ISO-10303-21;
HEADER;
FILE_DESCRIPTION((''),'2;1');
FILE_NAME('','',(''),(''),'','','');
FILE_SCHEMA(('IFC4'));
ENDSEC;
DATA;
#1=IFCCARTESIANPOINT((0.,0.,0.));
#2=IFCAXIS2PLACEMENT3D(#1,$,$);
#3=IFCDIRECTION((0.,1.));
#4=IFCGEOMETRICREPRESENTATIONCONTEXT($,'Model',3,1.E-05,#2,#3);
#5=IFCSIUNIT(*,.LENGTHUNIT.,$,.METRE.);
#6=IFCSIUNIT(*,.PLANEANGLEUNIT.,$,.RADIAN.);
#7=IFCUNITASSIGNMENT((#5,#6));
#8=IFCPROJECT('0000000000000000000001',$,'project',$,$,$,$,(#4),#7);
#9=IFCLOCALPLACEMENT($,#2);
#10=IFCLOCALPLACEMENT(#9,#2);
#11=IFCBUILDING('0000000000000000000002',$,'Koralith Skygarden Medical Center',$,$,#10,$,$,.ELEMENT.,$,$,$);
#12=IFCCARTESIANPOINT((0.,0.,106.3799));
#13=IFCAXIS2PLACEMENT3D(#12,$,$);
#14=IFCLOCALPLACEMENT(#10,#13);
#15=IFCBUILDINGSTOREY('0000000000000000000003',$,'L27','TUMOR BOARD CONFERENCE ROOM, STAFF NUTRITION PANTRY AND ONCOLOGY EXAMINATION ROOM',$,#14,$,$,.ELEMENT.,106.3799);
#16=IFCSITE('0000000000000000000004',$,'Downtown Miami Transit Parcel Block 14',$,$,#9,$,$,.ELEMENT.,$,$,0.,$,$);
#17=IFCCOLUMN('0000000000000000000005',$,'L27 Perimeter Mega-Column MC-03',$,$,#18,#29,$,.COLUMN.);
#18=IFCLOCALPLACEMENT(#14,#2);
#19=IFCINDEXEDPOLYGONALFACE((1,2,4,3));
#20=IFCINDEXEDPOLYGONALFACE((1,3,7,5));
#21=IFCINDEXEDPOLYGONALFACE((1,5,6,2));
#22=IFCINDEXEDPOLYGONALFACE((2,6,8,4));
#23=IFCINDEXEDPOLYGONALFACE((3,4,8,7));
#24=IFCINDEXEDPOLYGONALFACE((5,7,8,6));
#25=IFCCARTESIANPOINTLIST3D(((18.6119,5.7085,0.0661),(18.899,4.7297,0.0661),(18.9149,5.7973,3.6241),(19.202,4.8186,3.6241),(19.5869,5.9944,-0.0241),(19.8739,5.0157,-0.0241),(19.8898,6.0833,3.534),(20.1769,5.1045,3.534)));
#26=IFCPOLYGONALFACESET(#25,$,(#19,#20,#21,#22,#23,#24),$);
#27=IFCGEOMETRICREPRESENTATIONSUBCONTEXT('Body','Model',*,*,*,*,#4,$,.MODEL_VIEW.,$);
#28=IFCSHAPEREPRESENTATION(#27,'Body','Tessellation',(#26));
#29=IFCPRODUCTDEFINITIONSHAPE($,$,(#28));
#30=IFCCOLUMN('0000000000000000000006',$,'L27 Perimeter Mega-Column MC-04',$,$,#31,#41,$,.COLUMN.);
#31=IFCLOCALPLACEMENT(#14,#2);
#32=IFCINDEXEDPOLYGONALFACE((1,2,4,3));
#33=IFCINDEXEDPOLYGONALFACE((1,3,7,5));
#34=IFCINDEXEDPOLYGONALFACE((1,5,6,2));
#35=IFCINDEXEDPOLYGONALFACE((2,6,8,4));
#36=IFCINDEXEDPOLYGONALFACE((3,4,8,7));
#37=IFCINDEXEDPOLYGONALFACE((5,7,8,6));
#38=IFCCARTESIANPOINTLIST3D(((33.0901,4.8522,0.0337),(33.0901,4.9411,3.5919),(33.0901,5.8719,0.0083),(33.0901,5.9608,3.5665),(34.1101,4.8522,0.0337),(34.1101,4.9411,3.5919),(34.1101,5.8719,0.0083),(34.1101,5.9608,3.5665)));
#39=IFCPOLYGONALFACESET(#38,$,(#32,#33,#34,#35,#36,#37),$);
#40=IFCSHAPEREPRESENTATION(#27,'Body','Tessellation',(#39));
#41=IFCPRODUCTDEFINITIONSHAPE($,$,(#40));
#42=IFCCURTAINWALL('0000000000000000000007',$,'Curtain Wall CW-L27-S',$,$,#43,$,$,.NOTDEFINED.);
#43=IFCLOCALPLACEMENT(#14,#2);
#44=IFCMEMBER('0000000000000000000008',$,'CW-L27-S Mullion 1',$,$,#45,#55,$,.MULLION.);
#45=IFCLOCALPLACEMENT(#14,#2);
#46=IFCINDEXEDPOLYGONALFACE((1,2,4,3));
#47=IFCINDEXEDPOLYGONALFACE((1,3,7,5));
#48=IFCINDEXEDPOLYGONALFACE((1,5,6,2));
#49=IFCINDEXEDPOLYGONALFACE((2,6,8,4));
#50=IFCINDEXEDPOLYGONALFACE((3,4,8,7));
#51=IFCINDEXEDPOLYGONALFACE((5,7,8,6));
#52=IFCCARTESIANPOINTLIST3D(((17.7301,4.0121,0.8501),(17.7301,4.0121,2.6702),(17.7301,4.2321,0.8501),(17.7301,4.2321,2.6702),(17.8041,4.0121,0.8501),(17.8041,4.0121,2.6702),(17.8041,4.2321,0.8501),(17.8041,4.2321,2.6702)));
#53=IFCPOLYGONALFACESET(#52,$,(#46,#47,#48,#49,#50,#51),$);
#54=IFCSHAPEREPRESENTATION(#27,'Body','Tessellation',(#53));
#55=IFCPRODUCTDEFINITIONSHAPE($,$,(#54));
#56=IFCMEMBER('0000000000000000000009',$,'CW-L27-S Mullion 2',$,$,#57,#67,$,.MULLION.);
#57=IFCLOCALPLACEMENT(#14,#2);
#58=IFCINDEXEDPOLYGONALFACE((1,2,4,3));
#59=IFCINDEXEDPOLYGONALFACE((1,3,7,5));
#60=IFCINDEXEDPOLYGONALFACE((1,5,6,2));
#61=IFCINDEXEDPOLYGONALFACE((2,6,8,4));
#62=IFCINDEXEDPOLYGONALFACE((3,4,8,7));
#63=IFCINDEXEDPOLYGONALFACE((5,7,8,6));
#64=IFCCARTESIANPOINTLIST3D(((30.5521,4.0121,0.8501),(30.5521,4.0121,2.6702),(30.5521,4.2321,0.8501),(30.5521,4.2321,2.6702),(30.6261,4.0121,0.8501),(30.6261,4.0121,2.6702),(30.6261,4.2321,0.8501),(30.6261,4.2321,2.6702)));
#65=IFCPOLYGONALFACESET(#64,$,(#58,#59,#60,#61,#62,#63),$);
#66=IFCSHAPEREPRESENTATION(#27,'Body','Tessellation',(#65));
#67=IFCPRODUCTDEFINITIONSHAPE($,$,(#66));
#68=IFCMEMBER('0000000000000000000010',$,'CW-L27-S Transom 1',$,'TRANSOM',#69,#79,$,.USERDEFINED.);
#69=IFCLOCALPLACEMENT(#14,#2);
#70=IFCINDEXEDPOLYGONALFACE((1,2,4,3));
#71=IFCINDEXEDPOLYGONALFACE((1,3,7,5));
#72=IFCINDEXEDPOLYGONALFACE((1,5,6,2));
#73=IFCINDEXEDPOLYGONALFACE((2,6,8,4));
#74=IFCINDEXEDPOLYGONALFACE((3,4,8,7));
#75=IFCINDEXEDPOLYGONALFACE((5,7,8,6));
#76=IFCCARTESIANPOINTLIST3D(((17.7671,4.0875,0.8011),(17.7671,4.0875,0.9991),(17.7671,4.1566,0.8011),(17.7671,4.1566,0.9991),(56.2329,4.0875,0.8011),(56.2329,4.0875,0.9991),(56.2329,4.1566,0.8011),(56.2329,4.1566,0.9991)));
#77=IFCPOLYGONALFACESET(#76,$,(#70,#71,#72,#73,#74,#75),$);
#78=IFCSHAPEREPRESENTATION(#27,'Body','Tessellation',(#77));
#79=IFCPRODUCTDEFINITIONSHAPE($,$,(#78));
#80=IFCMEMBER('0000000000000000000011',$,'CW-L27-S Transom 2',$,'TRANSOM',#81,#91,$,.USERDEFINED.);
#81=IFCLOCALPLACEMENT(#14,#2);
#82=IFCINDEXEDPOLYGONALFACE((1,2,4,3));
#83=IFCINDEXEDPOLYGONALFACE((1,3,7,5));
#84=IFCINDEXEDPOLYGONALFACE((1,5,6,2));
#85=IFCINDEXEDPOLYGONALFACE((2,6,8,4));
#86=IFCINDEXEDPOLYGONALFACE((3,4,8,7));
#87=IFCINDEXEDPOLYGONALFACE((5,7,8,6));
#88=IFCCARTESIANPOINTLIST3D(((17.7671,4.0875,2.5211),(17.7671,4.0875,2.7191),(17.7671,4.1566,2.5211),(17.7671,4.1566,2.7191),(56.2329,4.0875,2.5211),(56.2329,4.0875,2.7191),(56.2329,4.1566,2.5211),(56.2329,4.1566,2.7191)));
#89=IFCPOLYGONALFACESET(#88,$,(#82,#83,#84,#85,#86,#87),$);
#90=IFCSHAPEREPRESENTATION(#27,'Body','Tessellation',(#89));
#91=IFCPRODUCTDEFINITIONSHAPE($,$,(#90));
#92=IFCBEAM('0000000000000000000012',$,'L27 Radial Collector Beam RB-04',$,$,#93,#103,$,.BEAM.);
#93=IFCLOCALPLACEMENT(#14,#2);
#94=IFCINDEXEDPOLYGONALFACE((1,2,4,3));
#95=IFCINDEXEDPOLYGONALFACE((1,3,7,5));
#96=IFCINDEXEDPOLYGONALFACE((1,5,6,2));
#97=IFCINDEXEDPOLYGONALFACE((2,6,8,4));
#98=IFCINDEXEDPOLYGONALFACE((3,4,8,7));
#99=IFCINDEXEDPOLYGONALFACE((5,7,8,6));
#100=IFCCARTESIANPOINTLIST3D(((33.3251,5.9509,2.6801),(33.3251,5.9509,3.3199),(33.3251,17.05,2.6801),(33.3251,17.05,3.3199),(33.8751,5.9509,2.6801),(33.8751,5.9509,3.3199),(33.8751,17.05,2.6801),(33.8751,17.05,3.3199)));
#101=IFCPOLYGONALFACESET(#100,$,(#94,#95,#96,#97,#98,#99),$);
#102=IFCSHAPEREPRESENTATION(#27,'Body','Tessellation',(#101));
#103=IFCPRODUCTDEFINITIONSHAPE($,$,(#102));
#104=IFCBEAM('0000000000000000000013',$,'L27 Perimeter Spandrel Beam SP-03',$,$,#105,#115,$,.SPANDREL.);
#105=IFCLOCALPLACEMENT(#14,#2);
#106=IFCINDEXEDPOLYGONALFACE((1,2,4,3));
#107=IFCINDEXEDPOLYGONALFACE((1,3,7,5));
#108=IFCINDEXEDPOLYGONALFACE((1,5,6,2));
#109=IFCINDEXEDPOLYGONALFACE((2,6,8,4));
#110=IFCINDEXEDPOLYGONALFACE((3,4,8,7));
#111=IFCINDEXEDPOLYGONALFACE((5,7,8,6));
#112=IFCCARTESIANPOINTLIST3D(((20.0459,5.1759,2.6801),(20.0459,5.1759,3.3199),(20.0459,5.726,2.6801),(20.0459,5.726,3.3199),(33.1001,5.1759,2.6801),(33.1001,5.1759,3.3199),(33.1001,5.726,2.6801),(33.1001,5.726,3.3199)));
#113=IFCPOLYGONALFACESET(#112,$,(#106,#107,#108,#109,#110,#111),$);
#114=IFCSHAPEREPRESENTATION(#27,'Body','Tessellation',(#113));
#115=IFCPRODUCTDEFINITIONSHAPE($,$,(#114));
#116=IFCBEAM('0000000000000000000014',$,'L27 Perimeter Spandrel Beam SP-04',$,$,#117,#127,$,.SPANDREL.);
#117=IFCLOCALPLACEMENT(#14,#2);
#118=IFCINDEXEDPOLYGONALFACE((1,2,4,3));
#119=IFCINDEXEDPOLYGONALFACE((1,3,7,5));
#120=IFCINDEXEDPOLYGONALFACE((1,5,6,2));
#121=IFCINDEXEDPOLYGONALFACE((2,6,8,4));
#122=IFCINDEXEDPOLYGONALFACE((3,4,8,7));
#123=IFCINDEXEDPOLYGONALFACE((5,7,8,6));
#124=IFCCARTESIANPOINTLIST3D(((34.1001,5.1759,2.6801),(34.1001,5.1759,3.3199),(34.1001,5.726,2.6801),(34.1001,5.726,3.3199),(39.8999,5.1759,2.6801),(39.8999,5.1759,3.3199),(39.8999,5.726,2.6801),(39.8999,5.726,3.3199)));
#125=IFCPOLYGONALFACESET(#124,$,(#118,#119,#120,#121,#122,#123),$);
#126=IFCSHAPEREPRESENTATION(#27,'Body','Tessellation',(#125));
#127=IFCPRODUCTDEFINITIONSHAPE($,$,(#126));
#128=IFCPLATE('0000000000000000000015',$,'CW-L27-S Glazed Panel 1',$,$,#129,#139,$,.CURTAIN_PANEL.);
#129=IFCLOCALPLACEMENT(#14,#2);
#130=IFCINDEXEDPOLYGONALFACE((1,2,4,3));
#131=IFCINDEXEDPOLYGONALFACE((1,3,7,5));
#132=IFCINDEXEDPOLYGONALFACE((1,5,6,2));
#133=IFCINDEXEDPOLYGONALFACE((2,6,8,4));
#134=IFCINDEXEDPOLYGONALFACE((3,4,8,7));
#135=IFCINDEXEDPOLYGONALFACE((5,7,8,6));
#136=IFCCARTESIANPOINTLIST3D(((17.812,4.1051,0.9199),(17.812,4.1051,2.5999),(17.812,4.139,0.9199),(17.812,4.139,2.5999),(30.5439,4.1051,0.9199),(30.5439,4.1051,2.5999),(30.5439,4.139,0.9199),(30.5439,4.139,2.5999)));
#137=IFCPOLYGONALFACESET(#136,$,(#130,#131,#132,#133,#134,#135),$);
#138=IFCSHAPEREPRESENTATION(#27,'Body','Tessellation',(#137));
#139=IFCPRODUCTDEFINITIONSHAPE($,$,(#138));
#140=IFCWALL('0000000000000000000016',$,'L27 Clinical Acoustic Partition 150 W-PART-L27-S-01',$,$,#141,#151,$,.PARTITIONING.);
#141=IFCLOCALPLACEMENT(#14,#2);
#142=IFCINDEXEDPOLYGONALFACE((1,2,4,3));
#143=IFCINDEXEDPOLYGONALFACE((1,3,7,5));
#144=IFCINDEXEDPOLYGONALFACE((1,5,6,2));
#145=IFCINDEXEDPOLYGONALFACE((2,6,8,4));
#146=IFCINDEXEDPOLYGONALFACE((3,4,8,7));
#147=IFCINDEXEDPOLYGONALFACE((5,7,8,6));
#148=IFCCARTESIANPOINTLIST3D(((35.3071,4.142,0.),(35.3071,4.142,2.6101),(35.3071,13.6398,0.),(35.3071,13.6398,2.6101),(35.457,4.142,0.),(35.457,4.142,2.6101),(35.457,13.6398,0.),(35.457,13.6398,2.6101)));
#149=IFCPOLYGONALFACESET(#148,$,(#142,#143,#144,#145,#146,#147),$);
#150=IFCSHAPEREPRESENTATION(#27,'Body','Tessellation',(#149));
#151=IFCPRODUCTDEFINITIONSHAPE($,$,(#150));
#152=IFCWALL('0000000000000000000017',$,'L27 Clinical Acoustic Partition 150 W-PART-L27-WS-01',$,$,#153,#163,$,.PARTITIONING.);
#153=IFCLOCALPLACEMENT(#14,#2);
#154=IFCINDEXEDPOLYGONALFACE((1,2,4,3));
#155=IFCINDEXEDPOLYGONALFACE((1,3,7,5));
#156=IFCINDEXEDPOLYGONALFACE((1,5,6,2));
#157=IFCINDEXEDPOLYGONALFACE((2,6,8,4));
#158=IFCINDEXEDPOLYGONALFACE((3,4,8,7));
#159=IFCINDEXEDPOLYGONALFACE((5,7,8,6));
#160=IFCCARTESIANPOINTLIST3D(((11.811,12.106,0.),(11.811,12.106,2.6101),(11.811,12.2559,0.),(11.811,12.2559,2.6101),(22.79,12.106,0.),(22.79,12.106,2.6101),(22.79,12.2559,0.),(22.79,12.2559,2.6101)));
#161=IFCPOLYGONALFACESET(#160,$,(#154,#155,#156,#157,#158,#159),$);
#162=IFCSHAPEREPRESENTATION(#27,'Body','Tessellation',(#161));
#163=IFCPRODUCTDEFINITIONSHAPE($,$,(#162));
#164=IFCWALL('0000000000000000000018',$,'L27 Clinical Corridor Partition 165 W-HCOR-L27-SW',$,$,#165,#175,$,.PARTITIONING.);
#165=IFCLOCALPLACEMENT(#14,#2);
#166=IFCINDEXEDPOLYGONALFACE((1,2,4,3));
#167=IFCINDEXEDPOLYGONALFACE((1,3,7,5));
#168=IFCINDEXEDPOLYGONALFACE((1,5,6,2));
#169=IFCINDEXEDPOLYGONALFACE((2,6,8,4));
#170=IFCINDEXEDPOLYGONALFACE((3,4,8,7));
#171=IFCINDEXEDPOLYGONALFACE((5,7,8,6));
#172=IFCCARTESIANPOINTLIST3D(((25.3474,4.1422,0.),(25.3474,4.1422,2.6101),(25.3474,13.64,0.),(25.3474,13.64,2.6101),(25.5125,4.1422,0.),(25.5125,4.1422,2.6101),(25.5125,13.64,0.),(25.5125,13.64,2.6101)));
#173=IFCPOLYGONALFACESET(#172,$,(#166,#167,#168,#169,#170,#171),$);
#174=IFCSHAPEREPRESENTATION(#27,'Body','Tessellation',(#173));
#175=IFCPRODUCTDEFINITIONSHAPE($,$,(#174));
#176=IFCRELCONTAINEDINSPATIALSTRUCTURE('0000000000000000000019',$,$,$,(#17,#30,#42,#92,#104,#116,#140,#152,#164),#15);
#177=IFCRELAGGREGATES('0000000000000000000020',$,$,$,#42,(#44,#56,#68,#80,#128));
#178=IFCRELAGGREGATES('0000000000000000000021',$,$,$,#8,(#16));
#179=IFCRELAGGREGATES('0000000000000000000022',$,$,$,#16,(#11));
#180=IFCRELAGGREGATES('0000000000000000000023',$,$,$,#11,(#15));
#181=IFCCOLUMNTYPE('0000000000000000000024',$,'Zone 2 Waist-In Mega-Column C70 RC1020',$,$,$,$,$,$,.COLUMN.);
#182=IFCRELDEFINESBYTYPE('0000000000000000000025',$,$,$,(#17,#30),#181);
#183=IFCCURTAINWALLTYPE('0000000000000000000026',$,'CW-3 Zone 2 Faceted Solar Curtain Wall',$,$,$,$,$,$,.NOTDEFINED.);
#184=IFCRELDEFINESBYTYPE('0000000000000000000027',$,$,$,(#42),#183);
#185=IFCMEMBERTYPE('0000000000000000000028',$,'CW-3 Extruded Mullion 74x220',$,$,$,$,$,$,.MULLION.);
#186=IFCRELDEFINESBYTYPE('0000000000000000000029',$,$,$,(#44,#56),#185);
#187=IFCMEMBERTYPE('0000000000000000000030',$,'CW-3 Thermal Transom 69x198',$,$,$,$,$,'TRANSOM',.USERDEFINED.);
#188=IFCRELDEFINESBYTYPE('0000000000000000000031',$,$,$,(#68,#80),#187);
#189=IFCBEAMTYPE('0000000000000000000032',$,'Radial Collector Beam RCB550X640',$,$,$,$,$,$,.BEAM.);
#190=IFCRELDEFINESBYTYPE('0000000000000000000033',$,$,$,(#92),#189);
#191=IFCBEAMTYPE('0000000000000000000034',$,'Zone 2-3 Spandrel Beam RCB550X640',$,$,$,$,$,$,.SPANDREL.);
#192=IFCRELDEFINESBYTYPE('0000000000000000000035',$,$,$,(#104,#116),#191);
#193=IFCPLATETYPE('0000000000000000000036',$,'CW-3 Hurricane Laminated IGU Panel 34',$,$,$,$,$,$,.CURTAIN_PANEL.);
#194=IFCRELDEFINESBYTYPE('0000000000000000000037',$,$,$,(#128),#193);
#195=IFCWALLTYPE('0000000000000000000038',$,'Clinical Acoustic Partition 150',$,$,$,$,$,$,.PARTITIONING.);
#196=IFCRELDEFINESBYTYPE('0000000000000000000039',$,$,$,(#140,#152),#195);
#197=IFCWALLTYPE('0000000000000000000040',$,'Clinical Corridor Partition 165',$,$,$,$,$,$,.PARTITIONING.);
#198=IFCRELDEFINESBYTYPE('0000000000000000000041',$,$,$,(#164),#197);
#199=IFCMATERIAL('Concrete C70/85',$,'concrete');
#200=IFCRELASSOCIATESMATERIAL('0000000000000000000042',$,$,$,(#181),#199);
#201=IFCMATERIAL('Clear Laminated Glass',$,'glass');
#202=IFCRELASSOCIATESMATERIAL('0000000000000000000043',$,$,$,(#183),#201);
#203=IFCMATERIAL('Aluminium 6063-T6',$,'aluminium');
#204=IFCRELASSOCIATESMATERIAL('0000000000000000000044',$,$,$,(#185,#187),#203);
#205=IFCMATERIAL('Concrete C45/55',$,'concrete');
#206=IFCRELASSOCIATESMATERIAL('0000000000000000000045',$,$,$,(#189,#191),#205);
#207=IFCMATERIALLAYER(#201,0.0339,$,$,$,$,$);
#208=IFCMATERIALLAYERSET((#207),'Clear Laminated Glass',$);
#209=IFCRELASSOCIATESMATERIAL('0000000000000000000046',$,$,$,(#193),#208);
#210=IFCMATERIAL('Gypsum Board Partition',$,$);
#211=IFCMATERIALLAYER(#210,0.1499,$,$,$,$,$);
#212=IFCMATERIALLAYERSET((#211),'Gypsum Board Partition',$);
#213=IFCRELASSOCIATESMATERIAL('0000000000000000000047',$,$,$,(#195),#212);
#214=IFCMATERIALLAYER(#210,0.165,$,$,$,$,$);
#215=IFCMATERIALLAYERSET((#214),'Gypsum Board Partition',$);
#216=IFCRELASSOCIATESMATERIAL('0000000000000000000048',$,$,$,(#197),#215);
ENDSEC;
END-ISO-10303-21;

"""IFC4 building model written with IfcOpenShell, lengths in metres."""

from ifc_helpers import new_model, si_unit, direction, frame, frame_2d, origin, origin_2d, place, context, subcontext, project, spatial, rectangle, extrude, material, layer, layer_set, material_profile, profile_set, type_object, element, aggregate, save


model = new_model("IFC4")

# Units and contexts
model_context = context("Model", 3, precision=1e-05, world=origin(), true_north=direction((0.0, 1.0)))
body_context = subcontext(model_context, "Body", "Model", "MODEL_VIEW")
ifc_project = project(units=[si_unit("LENGTHUNIT", "METRE"), si_unit("PLANEANGLEUNIT", "RADIAN")], contexts=[model_context])

# Site, building, storey
site_placement = place(None, origin())
site = spatial("IfcSite", under=ifc_project, at=site_placement, Name="Downtown Miami Transit Parcel Block 14", CompositionType="ELEMENT", RefElevation=0.0)
building_placement = place(site_placement, origin())
building = spatial("IfcBuilding", under=site, at=building_placement, Name="Koralith Skygarden Medical Center", CompositionType="ELEMENT")
storey_placement = place(building_placement, frame((0.0, 0.0, 106.3799)))
storey = spatial("IfcBuildingStorey", under=building, at=storey_placement, Name="L27", Description="TUMOR BOARD CONFERENCE ROOM, STAFF NUTRITION PANTRY AND ONCOLOGY EXAMINATION ROOM", CompositionType="ELEMENT", Elevation=106.3799)

# Columns
ifc_material_1 = material(Name="Concrete C70/85", Category="concrete")
ifc_material_profile_1 = material_profile(ifc_material_1, rectangle(XDim=1.02, YDim=1.02, at=origin_2d()), Name="RC1020X1020")
ifc_profile_set_1 = profile_set([ifc_material_profile_1], Name="Concrete C70/85")
column_type = type_object("IfcColumnType", Name="Zone 2 Waist-In Mega-Column C70 RC1020", PredefinedType="COLUMN", material=ifc_profile_set_1)
column_1_placement = place(storey_placement, frame((19.2429, 5.3621, 0.021), z_axis=(0.084818, 0.024878, 0.996086), x_axis=(-0.281455, 0.959575, 0.0)))
element("IfcColumn", 1, at=column_1_placement, inside=storey, type_object=column_type, Name="L27 Perimeter Mega-Column MC-03", PredefinedType="COLUMN", context=body_context, shape_type="SweptSolid", body=[
    extrude(rectangle(XDim=1.02, YDim=1.02, at=origin_2d()), origin(), (0.0, 0.0, 1.0), 3.572),
])
column_2_placement = place(storey_placement, frame((33.6001, 5.3621, 0.021), z_axis=(0.0, 0.024968, 0.999688), x_axis=(-1.0, 0.0, 0.0)))
element("IfcColumn", 2, at=column_2_placement, inside=storey, type_object=column_type, Name="L27 Perimeter Mega-Column MC-04", PredefinedType="COLUMN", context=body_context, shape_type="SweptSolid", body=[
    extrude(rectangle(XDim=1.02, YDim=1.02, at=origin_2d()), origin(), (0.0, 0.0, 1.0), 3.5593),
])

# Curtain wall, members
ifc_material_2 = material(Name="Clear Laminated Glass", Category="glass")
curtain_wall_type = type_object("IfcCurtainWallType", Name="CW-3 Zone 2 Faceted Solar Curtain Wall", PredefinedType="NOTDEFINED", material=ifc_material_2)
curtain_wall_placement = place(storey_placement, origin())
curtain_wall = element("IfcCurtainWall", 3, at=curtain_wall_placement, inside=storey, type_object=curtain_wall_type, Name="Curtain Wall CW-L27-S", PredefinedType="NOTDEFINED")
ifc_material_3 = material(Name="Aluminium 6063-T6", Category="aluminium")
ifc_material_profile_2 = material_profile(ifc_material_3, rectangle(XDim=0.074, YDim=0.22, at=origin_2d()), Name="MUL74X220")
ifc_profile_set_2 = profile_set([ifc_material_profile_2], Name="Aluminium 6063-T6")
member_type_1 = type_object("IfcMemberType", Name="CW-3 Extruded Mullion 74x220", PredefinedType="MULLION", material=ifc_profile_set_2)
member_1_placement = place(storey_placement, frame((17.7671, 4.1221, 0.8501), z_axis=(0.0, 0.0, 1.0), x_axis=(1.0, 0.0, 0.0)))
member_1 = element("IfcMember", 4, at=member_1_placement, type_object=member_type_1, Name="CW-L27-S Mullion 1", PredefinedType="MULLION", context=body_context, shape_type="SweptSolid", body=[
    extrude(rectangle(XDim=0.074, YDim=0.22, at=origin_2d()), origin(), (0.0, 0.0, 1.0), 1.8201),
])
member_2_placement = place(storey_placement, frame((30.5891, 4.1221, 0.8501), z_axis=(0.0, 0.0, 1.0), x_axis=(1.0, 0.0, 0.0)))
member_2 = element("IfcMember", 5, at=member_2_placement, type_object=member_type_1, Name="CW-L27-S Mullion 2", PredefinedType="MULLION", context=body_context, shape_type="SweptSolid", body=[
    extrude(rectangle(XDim=0.074, YDim=0.22, at=origin_2d()), origin(), (0.0, 0.0, 1.0), 1.8201),
])
ifc_material_profile_3 = material_profile(ifc_material_3, rectangle(XDim=0.0691, YDim=0.198, at=origin_2d()), Name="TRN69X198")
ifc_profile_set_3 = profile_set([ifc_material_profile_3], Name="Aluminium 6063-T6")
member_type_2 = type_object("IfcMemberType", Name="CW-3 Thermal Transom 69x198", ElementType="TRANSOM", PredefinedType="USERDEFINED", material=ifc_profile_set_3)
member_3_placement = place(storey_placement, frame((17.7671, 4.1221, 0.9001), z_axis=(1.0, 0.0, 0.0), x_axis=(0.0, 1.0, 0.0)))
member_3 = element("IfcMember", 6, at=member_3_placement, type_object=member_type_2, Name="CW-L27-S Transom 1", ObjectType="TRANSOM", PredefinedType="USERDEFINED", context=body_context, shape_type="SweptSolid", body=[
    extrude(rectangle(XDim=0.0691, YDim=0.198, at=origin_2d()), origin(), (0.0, 0.0, 1.0), 38.4658),
])
member_4_placement = place(storey_placement, frame((17.7671, 4.1221, 2.6201), z_axis=(1.0, 0.0, 0.0), x_axis=(0.0, 1.0, 0.0)))
member_4 = element("IfcMember", 7, at=member_4_placement, type_object=member_type_2, Name="CW-L27-S Transom 2", ObjectType="TRANSOM", PredefinedType="USERDEFINED", context=body_context, shape_type="SweptSolid", body=[
    extrude(rectangle(XDim=0.0691, YDim=0.198, at=origin_2d()), origin(), (0.0, 0.0, 1.0), 38.4658),
])

# Beams
ifc_material_4 = material(Name="Concrete C45/55", Category="concrete")
ifc_material_profile_4 = material_profile(ifc_material_4, rectangle(XDim=0.55, YDim=0.6399, at=origin_2d()), Name="RCB550X640")
ifc_profile_set_4 = profile_set([ifc_material_profile_4], Name="Concrete C45/55")
beam_type_1 = type_object("IfcBeamType", Name="Radial Collector Beam RCB550X640", PredefinedType="BEAM", material=ifc_profile_set_4)
beam_1_placement = place(storey_placement, frame((33.6001, 17.05, 3.0), z_axis=(0.0, -1.0, 0.0), x_axis=(1.0, 0.0, 0.0)))
element("IfcBeam", 8, at=beam_1_placement, inside=storey, type_object=beam_type_1, Name="L27 Radial Collector Beam RB-04", PredefinedType="BEAM", context=body_context, shape_type="SweptSolid", body=[
    extrude(rectangle(XDim=0.55, YDim=0.6399, at=origin_2d()), origin(), (0.0, 0.0, 1.0), 11.0991),
])
ifc_material_profile_5 = material_profile(ifc_material_4, rectangle(XDim=0.55, YDim=0.6399, at=origin_2d()), Name="RCB550X640")
ifc_profile_set_5 = profile_set([ifc_material_profile_5], Name="Concrete C45/55")
beam_type_2 = type_object("IfcBeamType", Name="Zone 2-3 Spandrel Beam RCB550X640", PredefinedType="SPANDREL", material=ifc_profile_set_5)
beam_2_placement = place(storey_placement, frame((20.0459, 5.4509, 3.0), z_axis=(1.0, 0.0, 0.0), x_axis=(0.0, 1.0, 0.0)))
element("IfcBeam", 9, at=beam_2_placement, inside=storey, type_object=beam_type_2, Name="L27 Perimeter Spandrel Beam SP-03", PredefinedType="SPANDREL", context=body_context, shape_type="SweptSolid", body=[
    extrude(rectangle(XDim=0.55, YDim=0.6399, at=origin_2d()), origin(), (0.0, 0.0, 1.0), 13.0542),
])
beam_3_placement = place(storey_placement, frame((34.1001, 5.4509, 3.0), z_axis=(1.0, 0.0, 0.0), x_axis=(0.0, 1.0, 0.0)))
element("IfcBeam", 10, at=beam_3_placement, inside=storey, type_object=beam_type_2, Name="L27 Perimeter Spandrel Beam SP-04", PredefinedType="SPANDREL", context=body_context, shape_type="SweptSolid", body=[
    extrude(rectangle(XDim=0.55, YDim=0.6399, at=origin_2d()), origin(), (0.0, 0.0, 1.0), 5.7998),
])

# Plate
ifc_layer_1 = layer(ifc_material_2, 0.0339)
ifc_layer_set_1 = layer_set([ifc_layer_1], Name="Clear Laminated Glass")
plate_type = type_object("IfcPlateType", Name="CW-3 Hurricane Laminated IGU Panel 34", PredefinedType="CURTAIN_PANEL", material=ifc_layer_set_1)
plate_placement = place(storey_placement, frame((24.178, 4.1221, 0.9199), z_axis=(0.0, 0.0, 1.0), x_axis=(1.0, 0.0, 0.0)))
plate = element("IfcPlate", 11, at=plate_placement, type_object=plate_type, Name="CW-L27-S Glazed Panel 1", PredefinedType="CURTAIN_PANEL", context=body_context, shape_type="SweptSolid", body=[
    extrude(rectangle(XDim=12.7319, YDim=0.0339, at=origin_2d()), origin(), (0.0, 0.0, 1.0), 1.6799),
])
aggregate(curtain_wall, [member_1, member_2, member_3, member_4, plate])

# Walls
ifc_material_5 = material(Name="Gypsum Board Partition")
ifc_layer_2 = layer(ifc_material_5, 0.1499)
ifc_layer_set_2 = layer_set([ifc_layer_2], Name="Gypsum Board Partition")
wall_type_1 = type_object("IfcWallType", Name="Clinical Acoustic Partition 150", PredefinedType="PARTITIONING", material=ifc_layer_set_2)
wall_1_placement = place(storey_placement, frame((35.3821, 13.6399, 0.0), z_axis=(0.0, 0.0, 1.0), x_axis=(0.0, -1.0, 0.0)))
element("IfcWall", 12, at=wall_1_placement, inside=storey, type_object=wall_type_1, Name="L27 Clinical Acoustic Partition 150 W-PART-L27-S-01", PredefinedType="PARTITIONING", context=body_context, shape_type="SweptSolid", body=[
    extrude(rectangle(XDim=9.4978, YDim=0.1499, at=frame_2d((4.749, 0.0))), origin(), (0.0, 0.0, 1.0), 2.6101),
])
wall_2_placement = place(storey_placement, frame((22.79, 12.1809, 0.0), z_axis=(0.0, 0.0, 1.0), x_axis=(-1.0, 0.0, 0.0)))
element("IfcWall", 13, at=wall_2_placement, inside=storey, type_object=wall_type_1, Name="L27 Clinical Acoustic Partition 150 W-PART-L27-WS-01", PredefinedType="PARTITIONING", context=body_context, shape_type="SweptSolid", body=[
    extrude(rectangle(XDim=10.979, YDim=0.1499, at=frame_2d((5.4895, 0.0))), origin(), (0.0, 0.0, 1.0), 2.6101),
])
ifc_layer_3 = layer(ifc_material_5, 0.165)
ifc_layer_set_3 = layer_set([ifc_layer_3], Name="Gypsum Board Partition")
wall_type_2 = type_object("IfcWallType", Name="Clinical Corridor Partition 165", PredefinedType="PARTITIONING", material=ifc_layer_set_3)
wall_3_placement = place(storey_placement, frame((25.4299, 4.1421, 0.0), z_axis=(0.0, 0.0, 1.0), x_axis=(0.0, 1.0, 0.0)))
element("IfcWall", 14, at=wall_3_placement, inside=storey, type_object=wall_type_2, Name="L27 Clinical Corridor Partition 165 W-HCOR-L27-SW", PredefinedType="PARTITIONING", context=body_context, shape_type="SweptSolid", body=[
    extrude(rectangle(XDim=9.4978, YDim=0.165, at=frame_2d((4.749, 0.0))), origin(), (0.0, 0.0, 1.0), 2.6101),
])

save(model, "model.ifc")
